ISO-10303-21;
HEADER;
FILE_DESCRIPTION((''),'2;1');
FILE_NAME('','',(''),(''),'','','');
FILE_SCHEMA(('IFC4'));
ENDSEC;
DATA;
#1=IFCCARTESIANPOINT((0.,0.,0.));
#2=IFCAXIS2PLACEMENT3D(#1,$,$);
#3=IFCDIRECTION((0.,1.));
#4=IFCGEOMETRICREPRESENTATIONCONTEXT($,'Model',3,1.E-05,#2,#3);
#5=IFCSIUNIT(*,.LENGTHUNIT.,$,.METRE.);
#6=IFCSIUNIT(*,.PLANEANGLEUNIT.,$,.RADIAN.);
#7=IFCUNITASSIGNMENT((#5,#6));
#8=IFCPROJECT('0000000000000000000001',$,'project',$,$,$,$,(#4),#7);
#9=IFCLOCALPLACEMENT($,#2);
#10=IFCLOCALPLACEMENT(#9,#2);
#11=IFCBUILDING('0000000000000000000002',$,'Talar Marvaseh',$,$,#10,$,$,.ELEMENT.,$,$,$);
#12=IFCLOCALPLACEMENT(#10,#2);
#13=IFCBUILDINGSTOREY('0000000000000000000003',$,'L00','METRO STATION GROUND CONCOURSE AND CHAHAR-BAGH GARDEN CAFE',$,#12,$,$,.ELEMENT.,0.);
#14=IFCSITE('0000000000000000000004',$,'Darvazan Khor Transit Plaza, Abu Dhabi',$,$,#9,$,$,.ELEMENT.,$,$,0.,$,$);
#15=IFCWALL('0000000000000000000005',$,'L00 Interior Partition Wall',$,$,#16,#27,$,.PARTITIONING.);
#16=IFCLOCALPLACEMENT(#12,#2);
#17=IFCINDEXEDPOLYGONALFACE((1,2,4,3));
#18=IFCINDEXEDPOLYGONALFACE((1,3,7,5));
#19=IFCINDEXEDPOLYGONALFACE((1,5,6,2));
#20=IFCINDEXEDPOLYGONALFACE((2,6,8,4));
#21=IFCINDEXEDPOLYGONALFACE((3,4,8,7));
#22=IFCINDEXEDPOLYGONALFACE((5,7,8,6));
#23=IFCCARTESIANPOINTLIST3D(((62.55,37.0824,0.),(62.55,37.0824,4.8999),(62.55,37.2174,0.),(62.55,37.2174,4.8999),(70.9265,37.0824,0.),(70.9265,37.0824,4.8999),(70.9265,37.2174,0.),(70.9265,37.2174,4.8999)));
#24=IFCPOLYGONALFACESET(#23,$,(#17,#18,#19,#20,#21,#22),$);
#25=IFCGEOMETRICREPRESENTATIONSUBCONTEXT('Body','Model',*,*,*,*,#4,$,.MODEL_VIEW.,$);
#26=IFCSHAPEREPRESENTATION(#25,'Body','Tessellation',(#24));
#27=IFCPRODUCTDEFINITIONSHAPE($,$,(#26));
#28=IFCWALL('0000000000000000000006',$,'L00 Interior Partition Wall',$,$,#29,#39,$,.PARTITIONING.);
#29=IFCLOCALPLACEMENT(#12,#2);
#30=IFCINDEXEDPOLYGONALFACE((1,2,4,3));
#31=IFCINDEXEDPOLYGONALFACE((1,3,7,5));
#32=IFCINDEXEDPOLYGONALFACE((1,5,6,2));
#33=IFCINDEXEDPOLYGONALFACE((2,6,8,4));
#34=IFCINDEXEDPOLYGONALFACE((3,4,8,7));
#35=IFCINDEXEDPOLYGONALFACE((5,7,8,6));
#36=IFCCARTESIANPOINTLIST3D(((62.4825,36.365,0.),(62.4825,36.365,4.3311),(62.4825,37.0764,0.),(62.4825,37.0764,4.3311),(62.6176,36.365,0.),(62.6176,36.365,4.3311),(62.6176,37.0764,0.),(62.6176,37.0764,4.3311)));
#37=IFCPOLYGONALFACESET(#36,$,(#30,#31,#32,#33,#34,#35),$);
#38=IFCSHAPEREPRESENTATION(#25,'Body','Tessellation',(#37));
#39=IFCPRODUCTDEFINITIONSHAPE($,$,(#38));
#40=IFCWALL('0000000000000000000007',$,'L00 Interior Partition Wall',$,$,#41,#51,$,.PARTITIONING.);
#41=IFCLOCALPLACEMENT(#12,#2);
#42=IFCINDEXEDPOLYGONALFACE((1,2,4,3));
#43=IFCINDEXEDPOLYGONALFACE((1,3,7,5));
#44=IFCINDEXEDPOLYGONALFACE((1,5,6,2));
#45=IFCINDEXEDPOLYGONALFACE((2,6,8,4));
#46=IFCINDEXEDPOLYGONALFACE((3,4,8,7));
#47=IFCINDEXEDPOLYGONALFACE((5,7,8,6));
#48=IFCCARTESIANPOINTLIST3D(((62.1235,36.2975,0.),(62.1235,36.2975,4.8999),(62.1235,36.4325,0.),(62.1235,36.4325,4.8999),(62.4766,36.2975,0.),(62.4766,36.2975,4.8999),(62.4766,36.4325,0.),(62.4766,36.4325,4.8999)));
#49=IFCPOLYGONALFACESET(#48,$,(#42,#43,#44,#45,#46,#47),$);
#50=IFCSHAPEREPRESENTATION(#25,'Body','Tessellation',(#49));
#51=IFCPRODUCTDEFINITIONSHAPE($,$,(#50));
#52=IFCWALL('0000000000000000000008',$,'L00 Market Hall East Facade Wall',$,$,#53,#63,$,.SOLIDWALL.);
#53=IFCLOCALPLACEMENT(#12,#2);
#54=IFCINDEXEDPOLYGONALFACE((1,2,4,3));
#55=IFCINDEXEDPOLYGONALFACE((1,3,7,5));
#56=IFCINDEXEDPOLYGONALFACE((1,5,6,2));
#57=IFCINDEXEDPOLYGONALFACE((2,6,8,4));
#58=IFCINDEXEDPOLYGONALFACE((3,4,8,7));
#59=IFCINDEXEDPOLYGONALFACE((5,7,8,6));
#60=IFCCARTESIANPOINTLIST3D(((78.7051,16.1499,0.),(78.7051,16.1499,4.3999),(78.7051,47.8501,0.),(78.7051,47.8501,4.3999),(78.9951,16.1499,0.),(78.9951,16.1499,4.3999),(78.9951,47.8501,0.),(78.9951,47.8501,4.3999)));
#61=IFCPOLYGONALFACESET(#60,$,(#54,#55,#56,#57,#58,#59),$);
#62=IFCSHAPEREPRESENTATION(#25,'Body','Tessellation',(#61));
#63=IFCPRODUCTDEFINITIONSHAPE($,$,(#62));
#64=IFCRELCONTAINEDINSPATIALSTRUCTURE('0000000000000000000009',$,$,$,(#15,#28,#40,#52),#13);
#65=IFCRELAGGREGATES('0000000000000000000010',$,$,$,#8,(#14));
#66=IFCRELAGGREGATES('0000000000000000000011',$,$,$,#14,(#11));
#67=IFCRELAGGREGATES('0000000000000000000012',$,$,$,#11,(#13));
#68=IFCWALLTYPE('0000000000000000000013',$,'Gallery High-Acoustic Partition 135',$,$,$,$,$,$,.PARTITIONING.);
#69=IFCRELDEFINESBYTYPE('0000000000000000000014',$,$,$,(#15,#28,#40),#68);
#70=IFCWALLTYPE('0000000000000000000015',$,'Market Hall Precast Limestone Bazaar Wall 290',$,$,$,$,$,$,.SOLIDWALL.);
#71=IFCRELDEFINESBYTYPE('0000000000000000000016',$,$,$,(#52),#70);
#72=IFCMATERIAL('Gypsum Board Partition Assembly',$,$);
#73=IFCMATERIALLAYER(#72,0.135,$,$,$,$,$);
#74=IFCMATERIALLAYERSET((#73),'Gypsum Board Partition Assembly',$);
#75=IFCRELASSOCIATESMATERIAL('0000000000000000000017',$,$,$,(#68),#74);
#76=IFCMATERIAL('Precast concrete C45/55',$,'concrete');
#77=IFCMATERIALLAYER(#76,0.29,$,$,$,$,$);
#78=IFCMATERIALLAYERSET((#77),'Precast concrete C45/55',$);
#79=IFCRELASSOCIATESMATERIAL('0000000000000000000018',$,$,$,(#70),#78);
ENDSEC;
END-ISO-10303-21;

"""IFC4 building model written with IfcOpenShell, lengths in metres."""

from ifc_helpers import new_model, si_unit, direction, frame, frame_2d, origin, place, context, subcontext, project, spatial, rectangle, extrude, material, layer, layer_set, type_object, element, save


model = new_model("IFC4")

# Units and contexts
model_context = context("Model", 3, precision=1e-05, world=origin(), true_north=direction((0.0, 1.0)))
body_context = subcontext(model_context, "Body", "Model", "MODEL_VIEW")
ifc_project = project(units=[si_unit("LENGTHUNIT", "METRE"), si_unit("PLANEANGLEUNIT", "RADIAN")], contexts=[model_context])

# Site, building, storey
site_placement = place(None, origin())
site = spatial("IfcSite", under=ifc_project, at=site_placement, Name="Darvazan Khor Transit Plaza, Abu Dhabi", CompositionType="ELEMENT", RefElevation=0.0)
building_placement = place(site_placement, origin())
building = spatial("IfcBuilding", under=site, at=building_placement, Name="Talar Marvaseh", CompositionType="ELEMENT")
storey_placement = place(building_placement, origin())
storey = spatial("IfcBuildingStorey", under=building, at=storey_placement, Name="L00", Description="METRO STATION GROUND CONCOURSE AND CHAHAR-BAGH GARDEN CAFE", CompositionType="ELEMENT", Elevation=0.0)

# Shared definitions
ifc_material_1 = material(Name="Gypsum Board Partition Assembly")

# Shared definitions
ifc_layer_1 = layer(ifc_material_1, 0.135)
ifc_layer_set_1 = layer_set([ifc_layer_1], Name="Gypsum Board Partition Assembly")
wall_type_1 = type_object("IfcWallType", Name="Gallery High-Acoustic Partition 135", PredefinedType="PARTITIONING", material=ifc_layer_set_1)

# Walls
wall_1_placement = place(storey_placement, frame((70.9265, 37.1499, 0.0), z_axis=(0.0, 0.0, 1.0), x_axis=(-1.0, 0.0, 0.0)))
element("IfcWall", 1, at=wall_1_placement, inside=storey, type_object=wall_type_1, Name="L00 Interior Partition Wall", PredefinedType="PARTITIONING", context=body_context, shape_type="SweptSolid", body=[
    extrude(rectangle(XDim=8.3765, YDim=0.135, at=frame_2d((4.1882, 0.0))), origin(), (0.0, 0.0, 1.0), 4.8999),
])
wall_2_placement = place(storey_placement, frame((62.55, 37.0764, 0.0), z_axis=(0.0, 0.0, 1.0), x_axis=(0.0, -1.0, 0.0)))
element("IfcWall", 2, at=wall_2_placement, inside=storey, type_object=wall_type_1, Name="L00 Interior Partition Wall", PredefinedType="PARTITIONING", context=body_context, shape_type="SweptSolid", body=[
    extrude(rectangle(XDim=0.7114, YDim=0.135, at=frame_2d((0.3557, 0.0))), origin(), (0.0, 0.0, 1.0), 4.3311),
])
wall_3_placement = place(storey_placement, frame((62.4766, 36.365, 0.0), z_axis=(0.0, 0.0, 1.0), x_axis=(-1.0, 0.0, 0.0)))
element("IfcWall", 3, at=wall_3_placement, inside=storey, type_object=wall_type_1, Name="L00 Interior Partition Wall", PredefinedType="PARTITIONING", context=body_context, shape_type="SweptSolid", body=[
    extrude(rectangle(XDim=0.353, YDim=0.135, at=frame_2d((0.1765, 0.0))), origin(), (0.0, 0.0, 1.0), 4.8999),
])
ifc_material_2 = material(Name="Precast concrete C45/55", Category="concrete")
ifc_layer_2 = layer(ifc_material_2, 0.29)
ifc_layer_set_2 = layer_set([ifc_layer_2], Name="Precast concrete C45/55")
wall_type_2 = type_object("IfcWallType", Name="Market Hall Precast Limestone Bazaar Wall 290", PredefinedType="SOLIDWALL", material=ifc_layer_set_2)
wall_4_placement = place(storey_placement, frame((78.8501, 47.8501, 0.0), z_axis=(0.0, 0.0, 1.0), x_axis=(0.0, -1.0, 0.0)))
element("IfcWall", 4, at=wall_4_placement, inside=storey, type_object=wall_type_2, Name="L00 Market Hall East Facade Wall", PredefinedType="SOLIDWALL", context=body_context, shape_type="SweptSolid", body=[
    extrude(rectangle(XDim=31.7002, YDim=0.29, at=frame_2d((15.8501, 0.0))), origin(), (0.0, 0.0, 1.0), 4.3999),
])

save(model, "model.ifc")
